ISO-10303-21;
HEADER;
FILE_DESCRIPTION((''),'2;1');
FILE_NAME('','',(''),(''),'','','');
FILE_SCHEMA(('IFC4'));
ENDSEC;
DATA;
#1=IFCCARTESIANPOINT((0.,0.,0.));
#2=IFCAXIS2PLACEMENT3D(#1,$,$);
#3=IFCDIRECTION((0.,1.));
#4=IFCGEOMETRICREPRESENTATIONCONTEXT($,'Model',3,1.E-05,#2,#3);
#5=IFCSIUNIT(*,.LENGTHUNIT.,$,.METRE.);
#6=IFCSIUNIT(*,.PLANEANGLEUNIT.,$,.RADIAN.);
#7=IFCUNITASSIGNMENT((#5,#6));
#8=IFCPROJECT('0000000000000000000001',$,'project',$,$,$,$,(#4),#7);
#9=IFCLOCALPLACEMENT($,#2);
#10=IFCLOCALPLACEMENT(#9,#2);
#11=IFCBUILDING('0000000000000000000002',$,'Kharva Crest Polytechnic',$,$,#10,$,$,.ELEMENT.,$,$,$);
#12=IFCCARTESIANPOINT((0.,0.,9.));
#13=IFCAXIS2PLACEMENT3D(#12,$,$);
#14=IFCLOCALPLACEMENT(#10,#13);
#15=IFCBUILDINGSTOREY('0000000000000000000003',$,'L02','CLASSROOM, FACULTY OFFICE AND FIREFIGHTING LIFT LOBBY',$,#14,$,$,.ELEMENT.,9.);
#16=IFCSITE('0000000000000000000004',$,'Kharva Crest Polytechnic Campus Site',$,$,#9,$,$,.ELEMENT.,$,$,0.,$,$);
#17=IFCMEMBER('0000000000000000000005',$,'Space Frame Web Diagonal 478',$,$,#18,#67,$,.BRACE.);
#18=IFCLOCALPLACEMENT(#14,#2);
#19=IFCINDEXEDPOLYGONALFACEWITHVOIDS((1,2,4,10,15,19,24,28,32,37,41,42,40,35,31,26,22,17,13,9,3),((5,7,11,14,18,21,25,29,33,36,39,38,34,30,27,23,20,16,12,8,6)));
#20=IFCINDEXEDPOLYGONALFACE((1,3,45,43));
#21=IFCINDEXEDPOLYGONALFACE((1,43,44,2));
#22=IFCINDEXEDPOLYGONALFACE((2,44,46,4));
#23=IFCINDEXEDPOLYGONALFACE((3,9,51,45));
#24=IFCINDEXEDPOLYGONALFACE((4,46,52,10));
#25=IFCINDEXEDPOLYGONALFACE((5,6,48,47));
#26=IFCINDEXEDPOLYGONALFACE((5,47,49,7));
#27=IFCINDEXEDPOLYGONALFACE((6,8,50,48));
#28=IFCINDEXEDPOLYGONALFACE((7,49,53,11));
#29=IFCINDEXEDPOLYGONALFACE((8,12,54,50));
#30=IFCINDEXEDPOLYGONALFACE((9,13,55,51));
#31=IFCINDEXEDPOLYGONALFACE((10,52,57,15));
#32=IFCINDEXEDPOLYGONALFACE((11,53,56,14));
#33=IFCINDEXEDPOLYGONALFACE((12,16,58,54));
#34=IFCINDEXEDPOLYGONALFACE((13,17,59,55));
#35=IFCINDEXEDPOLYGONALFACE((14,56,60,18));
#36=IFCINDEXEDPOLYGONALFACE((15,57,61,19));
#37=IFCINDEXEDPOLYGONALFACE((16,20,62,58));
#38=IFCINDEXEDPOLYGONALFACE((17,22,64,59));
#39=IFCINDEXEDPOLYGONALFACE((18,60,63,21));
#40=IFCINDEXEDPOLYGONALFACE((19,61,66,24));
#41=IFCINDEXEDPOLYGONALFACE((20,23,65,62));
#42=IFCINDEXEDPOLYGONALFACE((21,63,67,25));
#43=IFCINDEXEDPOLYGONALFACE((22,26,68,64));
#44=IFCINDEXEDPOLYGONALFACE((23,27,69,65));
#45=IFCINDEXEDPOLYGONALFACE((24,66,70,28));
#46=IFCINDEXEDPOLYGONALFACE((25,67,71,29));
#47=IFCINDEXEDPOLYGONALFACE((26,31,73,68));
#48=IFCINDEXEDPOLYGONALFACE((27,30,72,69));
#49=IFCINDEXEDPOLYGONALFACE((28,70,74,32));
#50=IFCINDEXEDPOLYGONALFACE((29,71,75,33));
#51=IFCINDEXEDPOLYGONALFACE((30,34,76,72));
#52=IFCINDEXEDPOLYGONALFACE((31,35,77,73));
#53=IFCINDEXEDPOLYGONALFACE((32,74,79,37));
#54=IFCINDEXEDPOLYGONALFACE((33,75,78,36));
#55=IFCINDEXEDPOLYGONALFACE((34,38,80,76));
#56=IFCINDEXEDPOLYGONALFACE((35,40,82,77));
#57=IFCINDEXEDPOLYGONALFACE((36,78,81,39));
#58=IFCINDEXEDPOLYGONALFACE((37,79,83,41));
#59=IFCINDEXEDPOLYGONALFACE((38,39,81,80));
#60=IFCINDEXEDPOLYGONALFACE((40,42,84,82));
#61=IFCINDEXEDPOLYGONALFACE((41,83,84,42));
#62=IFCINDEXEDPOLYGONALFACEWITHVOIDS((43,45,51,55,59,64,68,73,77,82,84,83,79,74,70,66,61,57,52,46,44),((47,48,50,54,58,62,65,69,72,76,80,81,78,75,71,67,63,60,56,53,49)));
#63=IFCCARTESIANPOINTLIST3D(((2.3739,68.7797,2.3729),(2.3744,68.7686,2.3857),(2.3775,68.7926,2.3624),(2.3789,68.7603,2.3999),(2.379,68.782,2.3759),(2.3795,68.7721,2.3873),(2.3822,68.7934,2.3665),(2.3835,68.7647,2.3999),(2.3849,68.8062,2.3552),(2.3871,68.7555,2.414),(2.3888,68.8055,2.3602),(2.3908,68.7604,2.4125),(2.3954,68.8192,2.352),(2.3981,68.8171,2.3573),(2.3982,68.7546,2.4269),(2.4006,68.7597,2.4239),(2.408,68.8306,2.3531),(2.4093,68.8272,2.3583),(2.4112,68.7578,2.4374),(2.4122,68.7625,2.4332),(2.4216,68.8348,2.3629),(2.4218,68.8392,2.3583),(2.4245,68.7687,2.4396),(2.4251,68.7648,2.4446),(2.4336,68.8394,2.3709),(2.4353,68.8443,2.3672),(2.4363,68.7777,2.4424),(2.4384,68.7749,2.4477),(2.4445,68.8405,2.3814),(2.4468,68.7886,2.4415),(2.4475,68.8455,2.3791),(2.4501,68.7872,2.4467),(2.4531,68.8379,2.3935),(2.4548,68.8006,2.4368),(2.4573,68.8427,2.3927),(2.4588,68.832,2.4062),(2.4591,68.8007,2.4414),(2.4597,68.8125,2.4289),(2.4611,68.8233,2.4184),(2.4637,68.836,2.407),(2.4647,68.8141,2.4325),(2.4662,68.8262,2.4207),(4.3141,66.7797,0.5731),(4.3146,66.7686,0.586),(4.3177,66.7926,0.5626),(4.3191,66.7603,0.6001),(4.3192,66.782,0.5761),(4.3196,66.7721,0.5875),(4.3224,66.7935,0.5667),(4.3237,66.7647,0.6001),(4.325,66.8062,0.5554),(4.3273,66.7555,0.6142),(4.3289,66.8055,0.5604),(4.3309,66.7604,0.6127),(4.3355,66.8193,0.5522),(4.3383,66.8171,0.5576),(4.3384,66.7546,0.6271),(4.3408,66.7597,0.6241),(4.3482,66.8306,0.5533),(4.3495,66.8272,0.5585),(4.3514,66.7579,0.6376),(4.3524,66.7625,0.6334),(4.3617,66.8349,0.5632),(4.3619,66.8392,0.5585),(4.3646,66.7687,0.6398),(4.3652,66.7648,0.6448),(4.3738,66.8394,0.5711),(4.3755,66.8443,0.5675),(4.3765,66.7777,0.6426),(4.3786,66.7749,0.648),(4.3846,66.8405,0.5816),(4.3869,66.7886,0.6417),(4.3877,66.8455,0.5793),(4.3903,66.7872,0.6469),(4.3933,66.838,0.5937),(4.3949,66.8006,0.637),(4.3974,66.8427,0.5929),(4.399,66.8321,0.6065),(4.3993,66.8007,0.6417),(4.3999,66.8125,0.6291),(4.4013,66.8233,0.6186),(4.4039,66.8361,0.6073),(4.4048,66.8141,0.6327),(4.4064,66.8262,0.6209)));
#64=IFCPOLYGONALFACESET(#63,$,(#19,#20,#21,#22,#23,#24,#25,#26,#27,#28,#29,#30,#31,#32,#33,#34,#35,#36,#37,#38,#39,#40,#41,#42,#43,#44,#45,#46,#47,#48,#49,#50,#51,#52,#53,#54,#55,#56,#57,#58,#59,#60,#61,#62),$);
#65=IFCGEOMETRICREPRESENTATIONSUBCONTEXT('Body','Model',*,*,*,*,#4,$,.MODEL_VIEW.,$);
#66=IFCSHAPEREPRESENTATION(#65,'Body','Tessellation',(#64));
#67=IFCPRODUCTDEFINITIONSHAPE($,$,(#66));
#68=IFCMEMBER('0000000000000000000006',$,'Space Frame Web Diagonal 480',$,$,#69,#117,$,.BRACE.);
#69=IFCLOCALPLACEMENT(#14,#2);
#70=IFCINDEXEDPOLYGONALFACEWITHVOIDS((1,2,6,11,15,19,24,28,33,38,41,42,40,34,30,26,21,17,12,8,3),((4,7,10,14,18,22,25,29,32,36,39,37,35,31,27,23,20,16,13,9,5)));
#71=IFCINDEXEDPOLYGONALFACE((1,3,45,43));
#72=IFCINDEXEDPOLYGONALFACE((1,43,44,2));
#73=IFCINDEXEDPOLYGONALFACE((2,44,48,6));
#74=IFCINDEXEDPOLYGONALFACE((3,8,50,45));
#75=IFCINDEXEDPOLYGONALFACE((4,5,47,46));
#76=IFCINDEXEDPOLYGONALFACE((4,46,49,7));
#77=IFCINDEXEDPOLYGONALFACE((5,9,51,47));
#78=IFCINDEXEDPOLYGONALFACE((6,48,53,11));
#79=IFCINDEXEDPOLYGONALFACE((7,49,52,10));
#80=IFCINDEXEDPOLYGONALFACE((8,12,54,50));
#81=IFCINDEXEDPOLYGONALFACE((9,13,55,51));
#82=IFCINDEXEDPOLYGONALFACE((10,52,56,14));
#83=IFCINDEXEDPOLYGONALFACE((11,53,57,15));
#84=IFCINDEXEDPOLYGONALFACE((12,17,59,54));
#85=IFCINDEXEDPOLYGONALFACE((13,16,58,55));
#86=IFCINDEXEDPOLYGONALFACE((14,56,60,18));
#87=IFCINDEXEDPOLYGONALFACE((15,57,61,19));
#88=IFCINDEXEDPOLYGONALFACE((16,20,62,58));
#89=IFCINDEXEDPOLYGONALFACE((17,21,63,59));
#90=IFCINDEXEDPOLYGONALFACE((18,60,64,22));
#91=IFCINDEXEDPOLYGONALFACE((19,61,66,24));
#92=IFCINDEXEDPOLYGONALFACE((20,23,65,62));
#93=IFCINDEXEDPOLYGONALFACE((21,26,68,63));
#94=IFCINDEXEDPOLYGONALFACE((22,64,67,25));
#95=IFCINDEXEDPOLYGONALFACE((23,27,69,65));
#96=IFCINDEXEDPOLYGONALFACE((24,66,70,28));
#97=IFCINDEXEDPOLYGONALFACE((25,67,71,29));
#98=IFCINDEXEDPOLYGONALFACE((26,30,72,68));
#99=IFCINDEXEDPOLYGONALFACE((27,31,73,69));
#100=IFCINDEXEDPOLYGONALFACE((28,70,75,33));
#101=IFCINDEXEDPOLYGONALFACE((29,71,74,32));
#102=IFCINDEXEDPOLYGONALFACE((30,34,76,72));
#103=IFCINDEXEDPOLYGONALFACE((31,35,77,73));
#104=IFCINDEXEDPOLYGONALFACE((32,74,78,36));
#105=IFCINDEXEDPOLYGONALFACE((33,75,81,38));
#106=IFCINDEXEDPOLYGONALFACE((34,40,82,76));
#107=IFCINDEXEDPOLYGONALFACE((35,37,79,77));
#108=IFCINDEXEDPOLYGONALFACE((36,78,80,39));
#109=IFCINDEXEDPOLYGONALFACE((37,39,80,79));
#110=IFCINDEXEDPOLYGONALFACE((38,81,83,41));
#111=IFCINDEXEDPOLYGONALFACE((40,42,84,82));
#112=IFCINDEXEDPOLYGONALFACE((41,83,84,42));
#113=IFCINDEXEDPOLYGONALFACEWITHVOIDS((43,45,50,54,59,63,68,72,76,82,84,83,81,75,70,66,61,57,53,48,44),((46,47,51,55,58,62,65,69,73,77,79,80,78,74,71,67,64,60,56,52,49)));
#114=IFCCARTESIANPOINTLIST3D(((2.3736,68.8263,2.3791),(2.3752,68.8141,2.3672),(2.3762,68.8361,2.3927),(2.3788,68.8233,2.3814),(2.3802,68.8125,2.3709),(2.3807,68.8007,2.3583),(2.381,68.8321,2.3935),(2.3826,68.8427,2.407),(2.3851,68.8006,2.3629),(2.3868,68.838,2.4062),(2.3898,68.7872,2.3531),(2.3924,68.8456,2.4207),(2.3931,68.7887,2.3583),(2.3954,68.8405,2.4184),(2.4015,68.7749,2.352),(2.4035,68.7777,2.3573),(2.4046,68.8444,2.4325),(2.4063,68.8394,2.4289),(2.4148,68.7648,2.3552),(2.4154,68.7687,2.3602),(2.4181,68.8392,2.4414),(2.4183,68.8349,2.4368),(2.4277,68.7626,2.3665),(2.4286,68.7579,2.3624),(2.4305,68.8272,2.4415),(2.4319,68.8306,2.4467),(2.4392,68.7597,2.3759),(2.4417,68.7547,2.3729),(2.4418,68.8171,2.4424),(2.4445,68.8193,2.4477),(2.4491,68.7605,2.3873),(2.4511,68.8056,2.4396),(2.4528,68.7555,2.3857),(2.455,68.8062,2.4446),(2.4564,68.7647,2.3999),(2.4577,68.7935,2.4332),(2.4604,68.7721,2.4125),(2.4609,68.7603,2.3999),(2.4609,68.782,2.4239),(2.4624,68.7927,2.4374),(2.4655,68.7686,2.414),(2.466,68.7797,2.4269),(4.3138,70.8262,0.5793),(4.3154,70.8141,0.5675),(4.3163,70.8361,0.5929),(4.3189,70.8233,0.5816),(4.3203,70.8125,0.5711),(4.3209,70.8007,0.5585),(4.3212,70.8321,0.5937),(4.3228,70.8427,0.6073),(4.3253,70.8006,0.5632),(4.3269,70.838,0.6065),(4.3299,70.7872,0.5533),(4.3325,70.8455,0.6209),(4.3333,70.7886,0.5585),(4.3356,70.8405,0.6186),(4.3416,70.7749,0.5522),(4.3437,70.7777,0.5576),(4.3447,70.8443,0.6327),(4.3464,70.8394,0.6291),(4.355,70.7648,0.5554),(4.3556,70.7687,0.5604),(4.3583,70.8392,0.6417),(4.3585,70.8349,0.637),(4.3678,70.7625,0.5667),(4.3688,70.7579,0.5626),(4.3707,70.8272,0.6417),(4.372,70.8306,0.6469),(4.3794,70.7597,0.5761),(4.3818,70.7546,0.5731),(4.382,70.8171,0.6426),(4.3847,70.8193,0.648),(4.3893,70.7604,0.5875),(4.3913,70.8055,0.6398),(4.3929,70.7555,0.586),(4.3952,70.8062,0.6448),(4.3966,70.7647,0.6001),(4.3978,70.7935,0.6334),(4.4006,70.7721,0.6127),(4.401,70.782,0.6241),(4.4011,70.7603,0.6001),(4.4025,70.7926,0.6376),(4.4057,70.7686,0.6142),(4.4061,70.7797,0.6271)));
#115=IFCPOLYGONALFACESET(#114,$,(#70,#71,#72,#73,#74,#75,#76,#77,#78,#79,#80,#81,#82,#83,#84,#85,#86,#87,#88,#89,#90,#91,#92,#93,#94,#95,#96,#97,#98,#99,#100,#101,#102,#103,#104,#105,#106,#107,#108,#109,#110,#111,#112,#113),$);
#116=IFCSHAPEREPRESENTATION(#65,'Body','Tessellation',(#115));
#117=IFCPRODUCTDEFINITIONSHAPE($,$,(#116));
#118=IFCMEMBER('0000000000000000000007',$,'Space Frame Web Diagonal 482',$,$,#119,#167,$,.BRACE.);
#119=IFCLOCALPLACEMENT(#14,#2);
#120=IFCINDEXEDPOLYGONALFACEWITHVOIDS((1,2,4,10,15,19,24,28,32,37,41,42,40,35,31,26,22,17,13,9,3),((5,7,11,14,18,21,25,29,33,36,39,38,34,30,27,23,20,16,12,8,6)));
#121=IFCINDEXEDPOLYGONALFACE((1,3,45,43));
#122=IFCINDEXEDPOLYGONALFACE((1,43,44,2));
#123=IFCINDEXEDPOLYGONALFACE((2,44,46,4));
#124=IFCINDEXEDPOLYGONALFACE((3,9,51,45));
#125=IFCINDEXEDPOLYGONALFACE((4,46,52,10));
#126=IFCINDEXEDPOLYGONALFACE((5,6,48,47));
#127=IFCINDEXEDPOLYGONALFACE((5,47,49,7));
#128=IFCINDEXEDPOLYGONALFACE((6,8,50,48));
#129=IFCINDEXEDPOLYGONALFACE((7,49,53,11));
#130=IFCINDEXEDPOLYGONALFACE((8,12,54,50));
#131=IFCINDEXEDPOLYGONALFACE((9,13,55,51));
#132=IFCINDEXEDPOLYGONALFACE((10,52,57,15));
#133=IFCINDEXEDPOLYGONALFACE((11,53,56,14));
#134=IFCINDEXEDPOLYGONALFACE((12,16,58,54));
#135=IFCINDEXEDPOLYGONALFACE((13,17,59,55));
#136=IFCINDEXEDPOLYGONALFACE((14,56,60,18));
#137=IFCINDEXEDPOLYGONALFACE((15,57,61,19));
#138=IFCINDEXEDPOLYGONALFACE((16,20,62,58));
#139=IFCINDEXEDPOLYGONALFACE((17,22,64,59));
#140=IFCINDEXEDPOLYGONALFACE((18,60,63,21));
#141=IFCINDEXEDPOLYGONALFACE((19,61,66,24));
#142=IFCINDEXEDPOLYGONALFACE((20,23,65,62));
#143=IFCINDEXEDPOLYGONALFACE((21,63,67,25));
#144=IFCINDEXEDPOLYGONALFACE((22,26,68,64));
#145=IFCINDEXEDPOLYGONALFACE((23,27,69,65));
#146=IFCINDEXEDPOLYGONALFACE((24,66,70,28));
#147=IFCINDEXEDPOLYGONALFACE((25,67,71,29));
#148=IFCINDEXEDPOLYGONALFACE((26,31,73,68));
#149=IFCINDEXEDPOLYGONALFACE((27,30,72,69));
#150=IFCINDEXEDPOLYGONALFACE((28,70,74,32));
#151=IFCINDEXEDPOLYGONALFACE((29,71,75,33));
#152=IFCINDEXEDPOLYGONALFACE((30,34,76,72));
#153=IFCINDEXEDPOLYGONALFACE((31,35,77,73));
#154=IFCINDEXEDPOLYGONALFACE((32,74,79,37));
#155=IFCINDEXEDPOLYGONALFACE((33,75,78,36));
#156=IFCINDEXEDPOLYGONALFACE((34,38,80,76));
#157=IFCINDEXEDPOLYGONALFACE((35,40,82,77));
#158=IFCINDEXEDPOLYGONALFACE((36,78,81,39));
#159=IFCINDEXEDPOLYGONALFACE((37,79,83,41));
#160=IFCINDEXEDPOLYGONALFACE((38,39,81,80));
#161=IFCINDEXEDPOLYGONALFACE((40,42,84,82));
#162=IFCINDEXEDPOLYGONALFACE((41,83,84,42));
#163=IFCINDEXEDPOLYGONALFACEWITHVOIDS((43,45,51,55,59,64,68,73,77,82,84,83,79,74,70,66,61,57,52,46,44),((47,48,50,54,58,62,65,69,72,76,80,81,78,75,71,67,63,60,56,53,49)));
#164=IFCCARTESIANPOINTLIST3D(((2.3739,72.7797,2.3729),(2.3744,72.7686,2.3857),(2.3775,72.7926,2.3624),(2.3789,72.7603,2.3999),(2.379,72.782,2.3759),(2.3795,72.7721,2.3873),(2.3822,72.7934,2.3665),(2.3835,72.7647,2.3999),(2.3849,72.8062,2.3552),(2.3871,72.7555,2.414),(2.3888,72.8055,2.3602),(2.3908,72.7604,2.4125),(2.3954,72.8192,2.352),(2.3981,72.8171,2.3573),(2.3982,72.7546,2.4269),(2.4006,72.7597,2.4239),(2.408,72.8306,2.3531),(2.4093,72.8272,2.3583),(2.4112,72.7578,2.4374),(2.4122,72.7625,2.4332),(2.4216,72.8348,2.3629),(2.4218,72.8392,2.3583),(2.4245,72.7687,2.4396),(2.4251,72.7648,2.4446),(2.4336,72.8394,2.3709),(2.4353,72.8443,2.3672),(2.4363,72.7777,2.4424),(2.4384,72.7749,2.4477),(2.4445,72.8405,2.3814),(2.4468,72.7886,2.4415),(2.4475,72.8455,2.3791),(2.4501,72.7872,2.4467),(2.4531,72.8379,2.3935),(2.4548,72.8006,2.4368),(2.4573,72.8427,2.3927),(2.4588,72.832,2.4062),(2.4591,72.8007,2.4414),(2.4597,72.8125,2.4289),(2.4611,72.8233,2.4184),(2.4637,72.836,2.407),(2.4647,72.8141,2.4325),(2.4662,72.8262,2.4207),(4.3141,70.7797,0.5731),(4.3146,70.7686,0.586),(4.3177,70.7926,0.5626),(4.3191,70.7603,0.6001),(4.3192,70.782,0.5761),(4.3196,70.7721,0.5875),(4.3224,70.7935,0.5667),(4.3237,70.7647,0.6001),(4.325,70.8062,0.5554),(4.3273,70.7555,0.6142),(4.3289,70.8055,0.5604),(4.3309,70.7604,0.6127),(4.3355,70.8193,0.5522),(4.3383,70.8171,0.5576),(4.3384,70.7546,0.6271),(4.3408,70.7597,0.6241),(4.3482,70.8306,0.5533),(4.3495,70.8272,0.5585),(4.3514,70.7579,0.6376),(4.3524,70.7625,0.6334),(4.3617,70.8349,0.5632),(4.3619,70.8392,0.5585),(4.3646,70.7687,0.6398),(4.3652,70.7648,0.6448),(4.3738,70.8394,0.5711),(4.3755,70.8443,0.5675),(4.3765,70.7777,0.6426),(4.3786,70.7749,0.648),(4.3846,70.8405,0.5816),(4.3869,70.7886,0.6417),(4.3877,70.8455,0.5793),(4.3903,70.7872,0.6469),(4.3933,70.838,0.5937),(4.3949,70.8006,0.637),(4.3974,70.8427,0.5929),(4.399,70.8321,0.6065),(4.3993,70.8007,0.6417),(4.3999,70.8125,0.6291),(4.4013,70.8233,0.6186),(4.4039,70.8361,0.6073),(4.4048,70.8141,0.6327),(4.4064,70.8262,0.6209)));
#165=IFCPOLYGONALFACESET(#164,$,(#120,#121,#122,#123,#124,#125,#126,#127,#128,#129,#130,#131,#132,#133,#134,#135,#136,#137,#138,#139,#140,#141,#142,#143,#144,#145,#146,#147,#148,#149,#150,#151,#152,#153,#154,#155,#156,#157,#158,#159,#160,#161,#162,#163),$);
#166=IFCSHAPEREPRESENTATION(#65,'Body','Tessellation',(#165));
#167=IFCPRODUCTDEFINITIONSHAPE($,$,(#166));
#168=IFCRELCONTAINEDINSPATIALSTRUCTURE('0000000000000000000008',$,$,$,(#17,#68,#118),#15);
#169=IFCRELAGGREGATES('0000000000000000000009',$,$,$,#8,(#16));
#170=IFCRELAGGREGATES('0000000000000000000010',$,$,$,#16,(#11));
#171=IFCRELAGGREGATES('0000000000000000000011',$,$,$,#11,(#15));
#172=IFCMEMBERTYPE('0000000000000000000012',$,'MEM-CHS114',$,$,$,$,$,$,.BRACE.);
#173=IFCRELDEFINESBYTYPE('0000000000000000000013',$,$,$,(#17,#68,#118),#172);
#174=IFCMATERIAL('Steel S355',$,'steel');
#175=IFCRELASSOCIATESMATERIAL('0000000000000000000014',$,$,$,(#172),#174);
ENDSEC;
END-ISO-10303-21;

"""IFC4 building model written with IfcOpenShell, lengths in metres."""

from ifc_helpers import new_model, si_unit, direction, frame, origin, origin_2d, place, context, subcontext, project, spatial, hollow_circle, extrude, material, material_profile, profile_set, type_object, element, save


model = new_model("IFC4")

# Units and contexts
model_context = context("Model", 3, precision=1e-05, world=origin(), true_north=direction((0.0, 1.0)))
body_context = subcontext(model_context, "Body", "Model", "MODEL_VIEW")
ifc_project = project(units=[si_unit("LENGTHUNIT", "METRE"), si_unit("PLANEANGLEUNIT", "RADIAN")], contexts=[model_context])

# Site, building, storey
site_placement = place(None, origin())
site = spatial("IfcSite", under=ifc_project, at=site_placement, Name="Kharva Crest Polytechnic Campus Site", CompositionType="ELEMENT", RefElevation=0.0)
building_placement = place(site_placement, origin())
building = spatial("IfcBuilding", under=site, at=building_placement, Name="Kharva Crest Polytechnic", CompositionType="ELEMENT")
storey_placement = place(building_placement, frame((0.0, 0.0, 9.0)))
storey = spatial("IfcBuildingStorey", under=building, at=storey_placement, Name="L02", Description="CLASSROOM, FACULTY OFFICE AND FIREFIGHTING LIFT LOBBY", CompositionType="ELEMENT", Elevation=9.0)

# Shared definitions
ifc_material_1 = material(Name="Steel S355", Category="steel")

# Members
ifc_material_profile_1 = material_profile(ifc_material_1, hollow_circle(Radius=0.0571, WallThickness=0.0063, at=origin_2d()), Name="CHS 114.3X6.3")
ifc_profile_set_1 = profile_set([ifc_material_profile_1], Name="Steel S355")
member_type_1 = type_object("IfcMemberType", Name="MEM-CHS114", PredefinedType="BRACE", material=ifc_profile_set_1)
for number, where, z_axis, x_axis, name in (
    (1, (4.3601, 66.8, 0.6001), (-0.584892, 0.602924, 0.542572), (-0.717758, -0.696292, 0.0), "Space Frame Web Diagonal 478"),
    (2, (4.3601, 70.8, 0.6001), (-0.584892, -0.602924, 0.542572), (0.717758, -0.696292, 0.0), "Space Frame Web Diagonal 480"),
    (3, (4.3601, 70.8, 0.6001), (-0.584892, 0.602924, 0.542572), (-0.717758, -0.696292, 0.0), "Space Frame Web Diagonal 482"),
):
    element("IfcMember", number, at=place(storey_placement, frame(where, z_axis=z_axis, x_axis=x_axis)), inside=storey, type_object=member_type_1, Name=name, PredefinedType="BRACE", context=body_context, shape_type="SweptSolid", body=[
        extrude(hollow_circle(Radius=0.0571, WallThickness=0.0063, at=origin_2d()), origin(), (0.0, 0.0, 1.0), 3.3171),
    ])

save(model, "model.ifc")
